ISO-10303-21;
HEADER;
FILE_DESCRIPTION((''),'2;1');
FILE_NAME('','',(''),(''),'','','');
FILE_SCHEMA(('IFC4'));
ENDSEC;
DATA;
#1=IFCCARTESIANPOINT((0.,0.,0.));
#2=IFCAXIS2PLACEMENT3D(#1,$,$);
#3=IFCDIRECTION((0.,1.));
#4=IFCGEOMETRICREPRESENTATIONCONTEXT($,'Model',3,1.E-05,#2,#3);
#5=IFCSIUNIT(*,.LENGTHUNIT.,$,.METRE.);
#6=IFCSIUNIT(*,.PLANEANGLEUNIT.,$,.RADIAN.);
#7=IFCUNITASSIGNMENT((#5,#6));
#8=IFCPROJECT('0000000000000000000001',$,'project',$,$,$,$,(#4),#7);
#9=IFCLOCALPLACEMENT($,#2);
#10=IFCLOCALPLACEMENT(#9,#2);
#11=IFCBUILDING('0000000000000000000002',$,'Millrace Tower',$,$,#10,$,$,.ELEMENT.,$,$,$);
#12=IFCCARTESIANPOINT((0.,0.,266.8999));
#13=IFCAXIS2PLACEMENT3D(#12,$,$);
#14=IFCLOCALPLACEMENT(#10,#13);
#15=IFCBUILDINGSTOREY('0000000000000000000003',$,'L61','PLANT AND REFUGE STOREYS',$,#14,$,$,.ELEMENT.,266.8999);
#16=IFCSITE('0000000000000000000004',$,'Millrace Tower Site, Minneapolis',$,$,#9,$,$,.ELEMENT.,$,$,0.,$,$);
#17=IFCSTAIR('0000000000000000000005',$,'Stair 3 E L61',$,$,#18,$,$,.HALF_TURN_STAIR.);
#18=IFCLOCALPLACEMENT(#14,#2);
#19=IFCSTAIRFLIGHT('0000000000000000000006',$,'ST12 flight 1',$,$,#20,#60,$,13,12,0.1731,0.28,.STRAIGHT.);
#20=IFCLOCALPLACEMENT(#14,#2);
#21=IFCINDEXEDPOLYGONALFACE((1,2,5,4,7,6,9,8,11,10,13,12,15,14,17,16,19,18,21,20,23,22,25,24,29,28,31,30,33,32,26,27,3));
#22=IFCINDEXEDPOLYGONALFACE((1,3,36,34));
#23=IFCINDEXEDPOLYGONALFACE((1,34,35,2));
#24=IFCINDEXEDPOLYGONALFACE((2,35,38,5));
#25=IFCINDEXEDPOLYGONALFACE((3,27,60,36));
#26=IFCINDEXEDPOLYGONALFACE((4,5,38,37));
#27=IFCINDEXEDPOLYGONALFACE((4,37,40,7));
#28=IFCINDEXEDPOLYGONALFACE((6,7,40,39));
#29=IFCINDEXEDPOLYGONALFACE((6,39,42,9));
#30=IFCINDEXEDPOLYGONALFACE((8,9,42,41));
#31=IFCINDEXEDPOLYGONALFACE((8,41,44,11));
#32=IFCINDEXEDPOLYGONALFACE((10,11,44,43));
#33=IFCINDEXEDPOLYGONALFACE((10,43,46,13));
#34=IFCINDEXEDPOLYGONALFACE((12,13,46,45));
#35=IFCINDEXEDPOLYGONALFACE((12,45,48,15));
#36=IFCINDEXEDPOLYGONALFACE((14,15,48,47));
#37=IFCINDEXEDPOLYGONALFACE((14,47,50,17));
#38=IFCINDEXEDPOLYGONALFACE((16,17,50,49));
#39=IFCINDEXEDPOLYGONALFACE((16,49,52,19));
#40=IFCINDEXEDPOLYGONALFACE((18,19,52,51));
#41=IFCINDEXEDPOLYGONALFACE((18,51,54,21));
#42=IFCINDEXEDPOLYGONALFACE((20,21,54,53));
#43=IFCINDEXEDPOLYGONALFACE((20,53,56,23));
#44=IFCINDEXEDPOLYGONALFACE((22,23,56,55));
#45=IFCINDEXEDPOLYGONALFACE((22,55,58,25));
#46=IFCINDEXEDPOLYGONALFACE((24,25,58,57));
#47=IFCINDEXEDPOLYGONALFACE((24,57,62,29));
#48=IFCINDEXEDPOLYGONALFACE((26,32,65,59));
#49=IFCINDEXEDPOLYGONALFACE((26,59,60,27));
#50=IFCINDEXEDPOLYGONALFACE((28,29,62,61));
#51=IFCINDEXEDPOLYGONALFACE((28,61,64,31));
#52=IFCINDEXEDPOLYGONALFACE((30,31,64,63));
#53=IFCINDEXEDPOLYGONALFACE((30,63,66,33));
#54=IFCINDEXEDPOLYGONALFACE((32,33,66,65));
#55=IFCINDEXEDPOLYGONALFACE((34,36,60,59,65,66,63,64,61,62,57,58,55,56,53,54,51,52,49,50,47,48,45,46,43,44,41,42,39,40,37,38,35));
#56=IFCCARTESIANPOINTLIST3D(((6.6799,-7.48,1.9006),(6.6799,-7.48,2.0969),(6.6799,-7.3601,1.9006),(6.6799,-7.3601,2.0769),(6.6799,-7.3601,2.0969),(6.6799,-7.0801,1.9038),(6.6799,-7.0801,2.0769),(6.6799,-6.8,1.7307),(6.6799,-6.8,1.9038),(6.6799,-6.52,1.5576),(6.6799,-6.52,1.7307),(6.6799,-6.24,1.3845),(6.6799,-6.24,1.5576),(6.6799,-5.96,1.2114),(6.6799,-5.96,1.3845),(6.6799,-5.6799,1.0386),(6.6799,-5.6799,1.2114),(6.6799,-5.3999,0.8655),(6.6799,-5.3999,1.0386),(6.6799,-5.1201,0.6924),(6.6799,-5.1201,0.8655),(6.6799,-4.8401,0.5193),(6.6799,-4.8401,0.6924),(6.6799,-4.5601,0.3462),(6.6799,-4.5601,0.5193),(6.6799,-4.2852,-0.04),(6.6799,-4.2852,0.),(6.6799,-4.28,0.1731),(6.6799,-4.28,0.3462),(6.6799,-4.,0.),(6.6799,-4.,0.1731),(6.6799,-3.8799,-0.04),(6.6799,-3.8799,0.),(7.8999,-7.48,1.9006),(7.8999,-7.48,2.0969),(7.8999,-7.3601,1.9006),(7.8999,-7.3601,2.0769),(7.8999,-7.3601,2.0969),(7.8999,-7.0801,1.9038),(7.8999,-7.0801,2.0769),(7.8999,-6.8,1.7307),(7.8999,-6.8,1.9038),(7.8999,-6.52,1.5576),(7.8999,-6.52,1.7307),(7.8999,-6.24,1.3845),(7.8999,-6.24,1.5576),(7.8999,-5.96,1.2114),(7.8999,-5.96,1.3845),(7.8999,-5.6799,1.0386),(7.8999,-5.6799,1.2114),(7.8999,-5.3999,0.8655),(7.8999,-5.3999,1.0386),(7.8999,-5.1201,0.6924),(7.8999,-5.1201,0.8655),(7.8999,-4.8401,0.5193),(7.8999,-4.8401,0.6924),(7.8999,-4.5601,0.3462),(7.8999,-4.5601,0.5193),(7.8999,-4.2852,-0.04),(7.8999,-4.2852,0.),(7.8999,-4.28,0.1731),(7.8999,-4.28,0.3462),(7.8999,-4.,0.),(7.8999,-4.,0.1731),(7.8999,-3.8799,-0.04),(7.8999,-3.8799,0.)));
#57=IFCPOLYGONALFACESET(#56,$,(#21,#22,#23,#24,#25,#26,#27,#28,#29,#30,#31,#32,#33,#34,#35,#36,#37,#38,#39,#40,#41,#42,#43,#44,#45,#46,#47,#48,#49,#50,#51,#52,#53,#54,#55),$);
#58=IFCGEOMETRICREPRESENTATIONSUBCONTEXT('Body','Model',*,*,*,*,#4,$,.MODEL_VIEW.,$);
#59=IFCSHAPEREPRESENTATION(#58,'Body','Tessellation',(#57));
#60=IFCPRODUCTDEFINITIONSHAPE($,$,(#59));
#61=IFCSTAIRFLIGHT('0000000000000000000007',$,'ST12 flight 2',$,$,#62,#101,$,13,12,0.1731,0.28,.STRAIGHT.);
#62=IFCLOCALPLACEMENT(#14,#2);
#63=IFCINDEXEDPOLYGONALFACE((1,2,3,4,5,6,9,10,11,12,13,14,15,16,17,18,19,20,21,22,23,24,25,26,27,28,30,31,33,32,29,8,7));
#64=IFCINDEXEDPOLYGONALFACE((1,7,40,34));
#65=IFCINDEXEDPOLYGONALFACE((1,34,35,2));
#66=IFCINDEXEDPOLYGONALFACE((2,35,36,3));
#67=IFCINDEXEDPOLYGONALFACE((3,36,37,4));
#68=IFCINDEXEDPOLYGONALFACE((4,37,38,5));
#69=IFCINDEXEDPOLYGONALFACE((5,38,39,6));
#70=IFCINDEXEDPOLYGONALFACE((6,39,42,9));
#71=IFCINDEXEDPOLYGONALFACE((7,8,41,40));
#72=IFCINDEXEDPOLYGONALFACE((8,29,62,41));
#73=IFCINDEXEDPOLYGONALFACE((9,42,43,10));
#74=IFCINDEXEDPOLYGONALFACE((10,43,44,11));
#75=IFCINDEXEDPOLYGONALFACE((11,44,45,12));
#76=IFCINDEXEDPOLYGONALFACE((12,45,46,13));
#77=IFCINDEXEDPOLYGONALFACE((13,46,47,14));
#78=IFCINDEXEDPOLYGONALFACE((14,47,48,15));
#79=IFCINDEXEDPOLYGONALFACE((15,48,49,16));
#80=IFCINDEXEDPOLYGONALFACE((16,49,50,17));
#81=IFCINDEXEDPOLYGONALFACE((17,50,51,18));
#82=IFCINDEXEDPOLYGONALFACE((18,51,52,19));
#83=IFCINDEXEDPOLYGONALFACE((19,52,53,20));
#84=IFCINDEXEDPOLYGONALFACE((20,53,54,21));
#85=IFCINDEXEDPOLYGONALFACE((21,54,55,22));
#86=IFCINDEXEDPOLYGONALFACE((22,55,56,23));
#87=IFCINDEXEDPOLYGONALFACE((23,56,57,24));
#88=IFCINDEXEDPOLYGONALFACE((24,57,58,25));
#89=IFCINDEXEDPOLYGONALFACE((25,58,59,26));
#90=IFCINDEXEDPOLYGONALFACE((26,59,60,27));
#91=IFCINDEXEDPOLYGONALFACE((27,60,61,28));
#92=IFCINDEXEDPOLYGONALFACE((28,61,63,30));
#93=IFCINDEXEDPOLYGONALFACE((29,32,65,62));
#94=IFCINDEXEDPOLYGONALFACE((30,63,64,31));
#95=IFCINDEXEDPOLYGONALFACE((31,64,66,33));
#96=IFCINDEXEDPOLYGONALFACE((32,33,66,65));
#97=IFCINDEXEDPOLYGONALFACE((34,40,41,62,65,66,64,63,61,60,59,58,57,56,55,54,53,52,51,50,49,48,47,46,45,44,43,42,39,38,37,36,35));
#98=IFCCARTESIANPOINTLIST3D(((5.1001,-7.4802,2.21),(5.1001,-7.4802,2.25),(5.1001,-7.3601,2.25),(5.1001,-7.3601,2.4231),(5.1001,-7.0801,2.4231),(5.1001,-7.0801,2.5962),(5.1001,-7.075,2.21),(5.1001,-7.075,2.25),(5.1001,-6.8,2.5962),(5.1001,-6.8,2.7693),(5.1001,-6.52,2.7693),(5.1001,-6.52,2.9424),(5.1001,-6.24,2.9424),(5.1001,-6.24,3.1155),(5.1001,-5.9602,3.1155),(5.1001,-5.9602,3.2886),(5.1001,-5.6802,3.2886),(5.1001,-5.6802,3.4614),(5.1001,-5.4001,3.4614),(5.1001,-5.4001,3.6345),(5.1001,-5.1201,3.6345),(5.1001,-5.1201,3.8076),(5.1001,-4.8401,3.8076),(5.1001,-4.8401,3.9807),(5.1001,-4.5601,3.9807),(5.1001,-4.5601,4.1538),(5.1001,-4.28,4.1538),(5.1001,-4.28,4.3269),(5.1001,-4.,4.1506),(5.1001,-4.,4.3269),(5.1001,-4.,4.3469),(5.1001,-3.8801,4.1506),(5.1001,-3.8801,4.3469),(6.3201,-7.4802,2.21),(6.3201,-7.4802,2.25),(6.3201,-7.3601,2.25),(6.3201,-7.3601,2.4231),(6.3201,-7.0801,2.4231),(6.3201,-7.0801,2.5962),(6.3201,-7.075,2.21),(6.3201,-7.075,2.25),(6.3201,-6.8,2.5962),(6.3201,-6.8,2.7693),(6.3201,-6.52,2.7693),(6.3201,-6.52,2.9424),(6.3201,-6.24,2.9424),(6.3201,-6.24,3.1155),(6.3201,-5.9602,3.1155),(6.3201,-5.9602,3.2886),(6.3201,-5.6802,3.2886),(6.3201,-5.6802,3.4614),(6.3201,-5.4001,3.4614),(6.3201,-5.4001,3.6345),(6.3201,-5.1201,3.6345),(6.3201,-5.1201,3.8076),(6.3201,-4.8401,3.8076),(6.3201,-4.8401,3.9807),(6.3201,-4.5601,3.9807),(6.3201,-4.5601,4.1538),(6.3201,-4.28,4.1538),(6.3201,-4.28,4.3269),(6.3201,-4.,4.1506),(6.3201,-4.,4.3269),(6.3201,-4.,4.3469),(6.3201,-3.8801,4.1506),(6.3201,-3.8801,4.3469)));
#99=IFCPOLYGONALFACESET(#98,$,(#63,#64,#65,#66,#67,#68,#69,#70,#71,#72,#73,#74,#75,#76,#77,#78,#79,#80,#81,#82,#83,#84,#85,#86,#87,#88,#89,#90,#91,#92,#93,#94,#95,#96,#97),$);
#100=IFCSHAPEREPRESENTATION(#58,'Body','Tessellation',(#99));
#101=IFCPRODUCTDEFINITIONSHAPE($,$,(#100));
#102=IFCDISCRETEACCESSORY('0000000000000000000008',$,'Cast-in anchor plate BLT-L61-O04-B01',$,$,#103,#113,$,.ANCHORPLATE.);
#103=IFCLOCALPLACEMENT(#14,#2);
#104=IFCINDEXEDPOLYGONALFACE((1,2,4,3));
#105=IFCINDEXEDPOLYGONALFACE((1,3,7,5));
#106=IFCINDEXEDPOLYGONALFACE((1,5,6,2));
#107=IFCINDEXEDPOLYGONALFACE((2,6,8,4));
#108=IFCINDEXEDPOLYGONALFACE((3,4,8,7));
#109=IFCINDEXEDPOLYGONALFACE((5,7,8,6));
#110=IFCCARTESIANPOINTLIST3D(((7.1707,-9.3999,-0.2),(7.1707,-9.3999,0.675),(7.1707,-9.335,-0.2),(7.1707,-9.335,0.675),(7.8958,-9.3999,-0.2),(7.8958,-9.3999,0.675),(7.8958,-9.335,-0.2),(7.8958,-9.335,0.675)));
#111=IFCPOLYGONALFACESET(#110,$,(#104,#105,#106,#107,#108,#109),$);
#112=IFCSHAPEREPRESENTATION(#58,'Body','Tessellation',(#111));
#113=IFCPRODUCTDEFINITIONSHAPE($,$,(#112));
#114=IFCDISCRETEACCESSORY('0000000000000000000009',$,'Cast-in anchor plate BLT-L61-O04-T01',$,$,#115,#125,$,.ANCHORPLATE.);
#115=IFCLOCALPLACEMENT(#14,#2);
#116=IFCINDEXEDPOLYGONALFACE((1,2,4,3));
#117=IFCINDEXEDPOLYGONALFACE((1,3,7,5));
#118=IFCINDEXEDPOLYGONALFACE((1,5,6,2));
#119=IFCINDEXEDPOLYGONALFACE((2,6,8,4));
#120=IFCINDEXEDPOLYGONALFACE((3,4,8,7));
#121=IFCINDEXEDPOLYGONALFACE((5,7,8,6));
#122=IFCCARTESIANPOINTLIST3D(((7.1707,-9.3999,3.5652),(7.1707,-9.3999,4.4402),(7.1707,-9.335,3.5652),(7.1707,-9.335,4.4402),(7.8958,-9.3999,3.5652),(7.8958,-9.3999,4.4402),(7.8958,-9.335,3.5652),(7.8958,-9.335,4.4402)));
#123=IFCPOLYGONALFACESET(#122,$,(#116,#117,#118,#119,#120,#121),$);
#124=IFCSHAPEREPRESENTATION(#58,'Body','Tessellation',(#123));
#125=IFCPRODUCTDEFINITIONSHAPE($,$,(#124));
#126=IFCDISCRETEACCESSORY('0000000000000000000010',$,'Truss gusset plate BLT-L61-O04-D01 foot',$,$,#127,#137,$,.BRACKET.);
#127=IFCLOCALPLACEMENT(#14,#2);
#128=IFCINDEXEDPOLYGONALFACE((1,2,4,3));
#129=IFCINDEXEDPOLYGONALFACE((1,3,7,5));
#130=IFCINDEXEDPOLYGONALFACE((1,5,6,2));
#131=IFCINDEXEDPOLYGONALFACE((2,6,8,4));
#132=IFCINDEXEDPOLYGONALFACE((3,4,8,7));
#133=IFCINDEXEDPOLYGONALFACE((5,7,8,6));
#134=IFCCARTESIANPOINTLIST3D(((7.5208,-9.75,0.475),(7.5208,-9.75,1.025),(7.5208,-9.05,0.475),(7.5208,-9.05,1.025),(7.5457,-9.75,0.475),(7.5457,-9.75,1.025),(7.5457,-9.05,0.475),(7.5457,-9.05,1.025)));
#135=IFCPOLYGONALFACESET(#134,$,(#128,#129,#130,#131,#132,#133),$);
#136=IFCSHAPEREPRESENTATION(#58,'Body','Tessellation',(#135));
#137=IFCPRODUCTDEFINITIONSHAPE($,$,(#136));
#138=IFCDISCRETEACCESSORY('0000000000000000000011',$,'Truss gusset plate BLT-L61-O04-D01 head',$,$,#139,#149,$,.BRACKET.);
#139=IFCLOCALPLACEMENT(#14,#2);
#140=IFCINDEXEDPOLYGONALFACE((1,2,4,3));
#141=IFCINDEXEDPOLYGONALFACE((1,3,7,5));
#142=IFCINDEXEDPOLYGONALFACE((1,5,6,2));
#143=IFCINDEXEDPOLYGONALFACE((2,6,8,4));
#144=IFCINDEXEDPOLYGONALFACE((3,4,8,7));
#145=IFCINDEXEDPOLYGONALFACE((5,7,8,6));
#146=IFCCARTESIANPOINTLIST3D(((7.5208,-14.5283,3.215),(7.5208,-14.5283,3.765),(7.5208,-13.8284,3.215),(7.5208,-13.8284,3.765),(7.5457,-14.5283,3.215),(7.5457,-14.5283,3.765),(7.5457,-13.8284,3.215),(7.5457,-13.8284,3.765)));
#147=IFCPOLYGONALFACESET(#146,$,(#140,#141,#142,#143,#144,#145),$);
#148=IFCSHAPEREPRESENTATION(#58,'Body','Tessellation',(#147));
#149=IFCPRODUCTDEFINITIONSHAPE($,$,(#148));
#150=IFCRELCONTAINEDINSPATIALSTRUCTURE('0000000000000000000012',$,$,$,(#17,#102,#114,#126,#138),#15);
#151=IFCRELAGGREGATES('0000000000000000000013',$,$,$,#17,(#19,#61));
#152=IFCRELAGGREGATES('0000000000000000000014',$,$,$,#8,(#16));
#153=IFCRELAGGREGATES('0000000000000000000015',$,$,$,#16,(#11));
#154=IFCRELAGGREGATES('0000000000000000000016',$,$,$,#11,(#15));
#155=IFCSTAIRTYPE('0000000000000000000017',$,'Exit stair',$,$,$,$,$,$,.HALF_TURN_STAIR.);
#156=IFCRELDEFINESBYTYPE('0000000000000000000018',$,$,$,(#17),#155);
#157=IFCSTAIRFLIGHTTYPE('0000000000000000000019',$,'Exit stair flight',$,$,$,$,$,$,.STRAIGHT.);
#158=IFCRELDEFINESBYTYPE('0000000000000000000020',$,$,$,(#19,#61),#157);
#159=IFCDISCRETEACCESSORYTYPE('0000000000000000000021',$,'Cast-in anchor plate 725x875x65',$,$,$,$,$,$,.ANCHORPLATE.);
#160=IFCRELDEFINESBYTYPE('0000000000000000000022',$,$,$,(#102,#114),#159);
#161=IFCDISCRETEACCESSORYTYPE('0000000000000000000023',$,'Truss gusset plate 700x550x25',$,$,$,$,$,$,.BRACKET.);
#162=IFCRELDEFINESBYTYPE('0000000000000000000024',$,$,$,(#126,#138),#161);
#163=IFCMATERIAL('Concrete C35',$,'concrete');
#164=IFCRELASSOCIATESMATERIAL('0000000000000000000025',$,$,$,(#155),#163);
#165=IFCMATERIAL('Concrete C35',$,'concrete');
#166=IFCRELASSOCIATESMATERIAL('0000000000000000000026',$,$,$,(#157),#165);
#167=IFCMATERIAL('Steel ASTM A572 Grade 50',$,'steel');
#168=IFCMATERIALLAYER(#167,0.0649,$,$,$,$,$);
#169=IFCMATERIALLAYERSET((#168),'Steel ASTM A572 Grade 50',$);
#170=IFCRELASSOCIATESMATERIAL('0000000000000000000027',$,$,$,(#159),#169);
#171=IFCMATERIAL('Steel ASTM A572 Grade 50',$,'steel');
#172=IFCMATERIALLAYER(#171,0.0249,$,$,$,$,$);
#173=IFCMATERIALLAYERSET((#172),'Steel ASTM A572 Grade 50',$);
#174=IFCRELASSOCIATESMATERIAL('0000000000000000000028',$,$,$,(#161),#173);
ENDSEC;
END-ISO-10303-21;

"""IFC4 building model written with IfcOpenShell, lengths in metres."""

from ifc_helpers import new_model, si_unit, direction, frame, origin, origin_2d, place, context, subcontext, project, spatial, polyline, rectangle, outline, extrude, material, layer, layer_set, type_object, element, aggregate, save


model = new_model("IFC4")

# Units and contexts
model_context = context("Model", 3, precision=1e-05, world=origin(), true_north=direction((0.0, 1.0)))
body_context = subcontext(model_context, "Body", "Model", "MODEL_VIEW")
ifc_project = project(units=[si_unit("LENGTHUNIT", "METRE"), si_unit("PLANEANGLEUNIT", "RADIAN")], contexts=[model_context])

# Site, building, storey
site_placement = place(None, origin())
site = spatial("IfcSite", under=ifc_project, at=site_placement, Name="Millrace Tower Site, Minneapolis", CompositionType="ELEMENT", RefElevation=0.0)
building_placement = place(site_placement, origin())
building = spatial("IfcBuilding", under=site, at=building_placement, Name="Millrace Tower", CompositionType="ELEMENT")
storey_placement = place(building_placement, frame((0.0, 0.0, 266.8999)))
storey = spatial("IfcBuildingStorey", under=building, at=storey_placement, Name="L61", Description="PLANT AND REFUGE STOREYS", CompositionType="ELEMENT", Elevation=266.8999)

# Stair, stair flights
ifc_material_1 = material(Name="Concrete C35", Category="concrete")
stair_type = type_object("IfcStairType", Name="Exit stair", PredefinedType="HALF_TURN_STAIR", material=ifc_material_1)
placement = place(storey_placement, origin())
ifc_material_2 = material(Name="Concrete C35", Category="concrete")
stair_flight_type = type_object("IfcStairFlightType", Name="Exit stair flight", PredefinedType="STRAIGHT", material=ifc_material_2)
stair_1 = element("IfcStair", 1, at=placement, inside=storey, type_object=stair_type, Name="Stair 3 E L61", PredefinedType="HALF_TURN_STAIR")
stair_flight_1_placement = place(storey_placement, frame((7.29, -4.0, 0.0), z_axis=(0.0, 0.0, 1.0), x_axis=(0.0, -1.0, 0.0)))
stair_flight_1 = element("IfcStairFlight", 2, at=stair_flight_1_placement, type_object=stair_flight_type, Name="ST12 flight 1", NumberOfRisers=13, NumberOfTreads=12, PredefinedType="STRAIGHT", RiserHeight=0.1731, TreadLength=0.28, context=body_context, shape_type="SweptSolid", body=[
    extrude(outline(polyline([(-0.1201, -0.04), (-0.1201, 0.0), (0.0, 0.0), (0.0, 0.1731), (0.28, 0.1731), (0.28, 0.3462), (0.5601, 0.3462), (0.5601, 0.5193), (0.8401, 0.5193), (0.8401, 0.6924), (1.1201, 0.6924), (1.1201, 0.8655), (1.3999, 0.8655), (1.3999, 1.0386), (1.6799, 1.0386), (1.6799, 1.2114), (1.96, 1.2114), (1.96, 1.3845), (2.24, 1.3845), (2.24, 1.5576), (2.52, 1.5576), (2.52, 1.7307), (2.8, 1.7307), (2.8, 1.9038), (3.0801, 1.9038), (3.0801, 2.0769), (3.3601, 2.0769), (3.3601, 2.0969), (3.48, 2.0969), (3.48, 1.9006), (3.3601, 1.9006), (0.2852, 0.0), (0.2852, -0.04), (-0.1201, -0.04)])), frame((0.0, 0.6099, 0.0), z_axis=(0.0, -1.0, 0.0), x_axis=(1.0, 0.0, 0.0)), (0.0, 0.0, 1.0), 1.22),
])
stair_flight_2_placement = place(storey_placement, frame((5.71, -7.3601, 2.25), z_axis=(0.0, 0.0, 1.0), x_axis=(0.0, 1.0, 0.0)))
stair_flight_2 = element("IfcStairFlight", 3, at=stair_flight_2_placement, type_object=stair_flight_type, Name="ST12 flight 2", NumberOfRisers=13, NumberOfTreads=12, PredefinedType="STRAIGHT", RiserHeight=0.1731, TreadLength=0.28, context=body_context, shape_type="SweptSolid", body=[
    extrude(outline(polyline([(-0.1201, -0.04), (-0.1201, 0.0), (0.0, 0.0), (0.0, 0.1731), (0.28, 0.1731), (0.28, 0.3462), (0.5601, 0.3462), (0.5601, 0.5193), (0.8401, 0.5193), (0.8401, 0.6924), (1.1201, 0.6924), (1.1201, 0.8655), (1.3999, 0.8655), (1.3999, 1.0386), (1.6799, 1.0386), (1.6799, 1.2114), (1.96, 1.2114), (1.96, 1.3845), (2.24, 1.3845), (2.24, 1.5576), (2.52, 1.5576), (2.52, 1.7307), (2.8, 1.7307), (2.8, 1.9038), (3.0801, 1.9038), (3.0801, 2.0769), (3.3601, 2.0769), (3.3601, 2.0969), (3.48, 2.0969), (3.48, 1.9006), (3.3601, 1.9006), (0.2852, 0.0), (0.2852, -0.04), (-0.1201, -0.04)])), frame((0.0, 0.6099, 0.0), z_axis=(0.0, -1.0, 0.0), x_axis=(1.0, 0.0, 0.0)), (0.0, 0.0, 1.0), 1.22),
])
aggregate(stair_1, [stair_flight_1, stair_flight_2])

# Discrete accessories
ifc_material_3 = material(Name="Steel ASTM A572 Grade 50", Category="steel")
ifc_layer_1 = layer(ifc_material_3, 0.0649)
ifc_layer_set_1 = layer_set([ifc_layer_1], Name="Steel ASTM A572 Grade 50")
discrete_accessory_type_1 = type_object("IfcDiscreteAccessoryType", Name="Cast-in anchor plate 725x875x65", PredefinedType="ANCHORPLATE", material=ifc_layer_set_1)
for number, where, z_axis, x_axis, name in (
    (4, (7.5332, -9.335, 0.2375), (0.0, -1.0, 0.0), (1.0, 0.0, 0.0), "Cast-in anchor plate BLT-L61-O04-B01"),
    (5, (7.5332, -9.335, 4.0027), (0.0, -1.0, 0.0), (1.0, 0.0, 0.0), "Cast-in anchor plate BLT-L61-O04-T01"),
):
    element("IfcDiscreteAccessory", number, at=place(storey_placement, frame(where, z_axis=z_axis, x_axis=x_axis)), inside=storey, type_object=discrete_accessory_type_1, Name=name, PredefinedType="ANCHORPLATE", context=body_context, shape_type="SweptSolid", body=[
        extrude(rectangle(XDim=0.7251, YDim=0.875, at=origin_2d()), origin(), (0.0, 0.0, 1.0), 0.0649),
    ])
ifc_material_4 = material(Name="Steel ASTM A572 Grade 50", Category="steel")
ifc_layer_2 = layer(ifc_material_4, 0.0249)
ifc_layer_set_2 = layer_set([ifc_layer_2], Name="Steel ASTM A572 Grade 50")
discrete_accessory_type_2 = type_object("IfcDiscreteAccessoryType", Name="Truss gusset plate 700x550x25", PredefinedType="BRACKET", material=ifc_layer_set_2)
for number, where, z_axis, x_axis, name in (
    (6, (7.5332, -9.75, 0.75), (0.0, 1.0, 0.0), (-1.0, 0.0, 0.0), "Truss gusset plate BLT-L61-O04-D01 foot"),
    (7, (7.5332, -14.5283, 3.49), (0.0, 1.0, 0.0), (-1.0, 0.0, 0.0), "Truss gusset plate BLT-L61-O04-D01 head"),
):
    element("IfcDiscreteAccessory", number, at=place(storey_placement, frame(where, z_axis=z_axis, x_axis=x_axis)), inside=storey, type_object=discrete_accessory_type_2, Name=name, PredefinedType="BRACKET", context=body_context, shape_type="SweptSolid", body=[
        extrude(rectangle(XDim=0.0249, YDim=0.55, at=origin_2d()), origin(), (0.0, 0.0, 1.0), 0.7),
    ])

save(model, "model.ifc")
